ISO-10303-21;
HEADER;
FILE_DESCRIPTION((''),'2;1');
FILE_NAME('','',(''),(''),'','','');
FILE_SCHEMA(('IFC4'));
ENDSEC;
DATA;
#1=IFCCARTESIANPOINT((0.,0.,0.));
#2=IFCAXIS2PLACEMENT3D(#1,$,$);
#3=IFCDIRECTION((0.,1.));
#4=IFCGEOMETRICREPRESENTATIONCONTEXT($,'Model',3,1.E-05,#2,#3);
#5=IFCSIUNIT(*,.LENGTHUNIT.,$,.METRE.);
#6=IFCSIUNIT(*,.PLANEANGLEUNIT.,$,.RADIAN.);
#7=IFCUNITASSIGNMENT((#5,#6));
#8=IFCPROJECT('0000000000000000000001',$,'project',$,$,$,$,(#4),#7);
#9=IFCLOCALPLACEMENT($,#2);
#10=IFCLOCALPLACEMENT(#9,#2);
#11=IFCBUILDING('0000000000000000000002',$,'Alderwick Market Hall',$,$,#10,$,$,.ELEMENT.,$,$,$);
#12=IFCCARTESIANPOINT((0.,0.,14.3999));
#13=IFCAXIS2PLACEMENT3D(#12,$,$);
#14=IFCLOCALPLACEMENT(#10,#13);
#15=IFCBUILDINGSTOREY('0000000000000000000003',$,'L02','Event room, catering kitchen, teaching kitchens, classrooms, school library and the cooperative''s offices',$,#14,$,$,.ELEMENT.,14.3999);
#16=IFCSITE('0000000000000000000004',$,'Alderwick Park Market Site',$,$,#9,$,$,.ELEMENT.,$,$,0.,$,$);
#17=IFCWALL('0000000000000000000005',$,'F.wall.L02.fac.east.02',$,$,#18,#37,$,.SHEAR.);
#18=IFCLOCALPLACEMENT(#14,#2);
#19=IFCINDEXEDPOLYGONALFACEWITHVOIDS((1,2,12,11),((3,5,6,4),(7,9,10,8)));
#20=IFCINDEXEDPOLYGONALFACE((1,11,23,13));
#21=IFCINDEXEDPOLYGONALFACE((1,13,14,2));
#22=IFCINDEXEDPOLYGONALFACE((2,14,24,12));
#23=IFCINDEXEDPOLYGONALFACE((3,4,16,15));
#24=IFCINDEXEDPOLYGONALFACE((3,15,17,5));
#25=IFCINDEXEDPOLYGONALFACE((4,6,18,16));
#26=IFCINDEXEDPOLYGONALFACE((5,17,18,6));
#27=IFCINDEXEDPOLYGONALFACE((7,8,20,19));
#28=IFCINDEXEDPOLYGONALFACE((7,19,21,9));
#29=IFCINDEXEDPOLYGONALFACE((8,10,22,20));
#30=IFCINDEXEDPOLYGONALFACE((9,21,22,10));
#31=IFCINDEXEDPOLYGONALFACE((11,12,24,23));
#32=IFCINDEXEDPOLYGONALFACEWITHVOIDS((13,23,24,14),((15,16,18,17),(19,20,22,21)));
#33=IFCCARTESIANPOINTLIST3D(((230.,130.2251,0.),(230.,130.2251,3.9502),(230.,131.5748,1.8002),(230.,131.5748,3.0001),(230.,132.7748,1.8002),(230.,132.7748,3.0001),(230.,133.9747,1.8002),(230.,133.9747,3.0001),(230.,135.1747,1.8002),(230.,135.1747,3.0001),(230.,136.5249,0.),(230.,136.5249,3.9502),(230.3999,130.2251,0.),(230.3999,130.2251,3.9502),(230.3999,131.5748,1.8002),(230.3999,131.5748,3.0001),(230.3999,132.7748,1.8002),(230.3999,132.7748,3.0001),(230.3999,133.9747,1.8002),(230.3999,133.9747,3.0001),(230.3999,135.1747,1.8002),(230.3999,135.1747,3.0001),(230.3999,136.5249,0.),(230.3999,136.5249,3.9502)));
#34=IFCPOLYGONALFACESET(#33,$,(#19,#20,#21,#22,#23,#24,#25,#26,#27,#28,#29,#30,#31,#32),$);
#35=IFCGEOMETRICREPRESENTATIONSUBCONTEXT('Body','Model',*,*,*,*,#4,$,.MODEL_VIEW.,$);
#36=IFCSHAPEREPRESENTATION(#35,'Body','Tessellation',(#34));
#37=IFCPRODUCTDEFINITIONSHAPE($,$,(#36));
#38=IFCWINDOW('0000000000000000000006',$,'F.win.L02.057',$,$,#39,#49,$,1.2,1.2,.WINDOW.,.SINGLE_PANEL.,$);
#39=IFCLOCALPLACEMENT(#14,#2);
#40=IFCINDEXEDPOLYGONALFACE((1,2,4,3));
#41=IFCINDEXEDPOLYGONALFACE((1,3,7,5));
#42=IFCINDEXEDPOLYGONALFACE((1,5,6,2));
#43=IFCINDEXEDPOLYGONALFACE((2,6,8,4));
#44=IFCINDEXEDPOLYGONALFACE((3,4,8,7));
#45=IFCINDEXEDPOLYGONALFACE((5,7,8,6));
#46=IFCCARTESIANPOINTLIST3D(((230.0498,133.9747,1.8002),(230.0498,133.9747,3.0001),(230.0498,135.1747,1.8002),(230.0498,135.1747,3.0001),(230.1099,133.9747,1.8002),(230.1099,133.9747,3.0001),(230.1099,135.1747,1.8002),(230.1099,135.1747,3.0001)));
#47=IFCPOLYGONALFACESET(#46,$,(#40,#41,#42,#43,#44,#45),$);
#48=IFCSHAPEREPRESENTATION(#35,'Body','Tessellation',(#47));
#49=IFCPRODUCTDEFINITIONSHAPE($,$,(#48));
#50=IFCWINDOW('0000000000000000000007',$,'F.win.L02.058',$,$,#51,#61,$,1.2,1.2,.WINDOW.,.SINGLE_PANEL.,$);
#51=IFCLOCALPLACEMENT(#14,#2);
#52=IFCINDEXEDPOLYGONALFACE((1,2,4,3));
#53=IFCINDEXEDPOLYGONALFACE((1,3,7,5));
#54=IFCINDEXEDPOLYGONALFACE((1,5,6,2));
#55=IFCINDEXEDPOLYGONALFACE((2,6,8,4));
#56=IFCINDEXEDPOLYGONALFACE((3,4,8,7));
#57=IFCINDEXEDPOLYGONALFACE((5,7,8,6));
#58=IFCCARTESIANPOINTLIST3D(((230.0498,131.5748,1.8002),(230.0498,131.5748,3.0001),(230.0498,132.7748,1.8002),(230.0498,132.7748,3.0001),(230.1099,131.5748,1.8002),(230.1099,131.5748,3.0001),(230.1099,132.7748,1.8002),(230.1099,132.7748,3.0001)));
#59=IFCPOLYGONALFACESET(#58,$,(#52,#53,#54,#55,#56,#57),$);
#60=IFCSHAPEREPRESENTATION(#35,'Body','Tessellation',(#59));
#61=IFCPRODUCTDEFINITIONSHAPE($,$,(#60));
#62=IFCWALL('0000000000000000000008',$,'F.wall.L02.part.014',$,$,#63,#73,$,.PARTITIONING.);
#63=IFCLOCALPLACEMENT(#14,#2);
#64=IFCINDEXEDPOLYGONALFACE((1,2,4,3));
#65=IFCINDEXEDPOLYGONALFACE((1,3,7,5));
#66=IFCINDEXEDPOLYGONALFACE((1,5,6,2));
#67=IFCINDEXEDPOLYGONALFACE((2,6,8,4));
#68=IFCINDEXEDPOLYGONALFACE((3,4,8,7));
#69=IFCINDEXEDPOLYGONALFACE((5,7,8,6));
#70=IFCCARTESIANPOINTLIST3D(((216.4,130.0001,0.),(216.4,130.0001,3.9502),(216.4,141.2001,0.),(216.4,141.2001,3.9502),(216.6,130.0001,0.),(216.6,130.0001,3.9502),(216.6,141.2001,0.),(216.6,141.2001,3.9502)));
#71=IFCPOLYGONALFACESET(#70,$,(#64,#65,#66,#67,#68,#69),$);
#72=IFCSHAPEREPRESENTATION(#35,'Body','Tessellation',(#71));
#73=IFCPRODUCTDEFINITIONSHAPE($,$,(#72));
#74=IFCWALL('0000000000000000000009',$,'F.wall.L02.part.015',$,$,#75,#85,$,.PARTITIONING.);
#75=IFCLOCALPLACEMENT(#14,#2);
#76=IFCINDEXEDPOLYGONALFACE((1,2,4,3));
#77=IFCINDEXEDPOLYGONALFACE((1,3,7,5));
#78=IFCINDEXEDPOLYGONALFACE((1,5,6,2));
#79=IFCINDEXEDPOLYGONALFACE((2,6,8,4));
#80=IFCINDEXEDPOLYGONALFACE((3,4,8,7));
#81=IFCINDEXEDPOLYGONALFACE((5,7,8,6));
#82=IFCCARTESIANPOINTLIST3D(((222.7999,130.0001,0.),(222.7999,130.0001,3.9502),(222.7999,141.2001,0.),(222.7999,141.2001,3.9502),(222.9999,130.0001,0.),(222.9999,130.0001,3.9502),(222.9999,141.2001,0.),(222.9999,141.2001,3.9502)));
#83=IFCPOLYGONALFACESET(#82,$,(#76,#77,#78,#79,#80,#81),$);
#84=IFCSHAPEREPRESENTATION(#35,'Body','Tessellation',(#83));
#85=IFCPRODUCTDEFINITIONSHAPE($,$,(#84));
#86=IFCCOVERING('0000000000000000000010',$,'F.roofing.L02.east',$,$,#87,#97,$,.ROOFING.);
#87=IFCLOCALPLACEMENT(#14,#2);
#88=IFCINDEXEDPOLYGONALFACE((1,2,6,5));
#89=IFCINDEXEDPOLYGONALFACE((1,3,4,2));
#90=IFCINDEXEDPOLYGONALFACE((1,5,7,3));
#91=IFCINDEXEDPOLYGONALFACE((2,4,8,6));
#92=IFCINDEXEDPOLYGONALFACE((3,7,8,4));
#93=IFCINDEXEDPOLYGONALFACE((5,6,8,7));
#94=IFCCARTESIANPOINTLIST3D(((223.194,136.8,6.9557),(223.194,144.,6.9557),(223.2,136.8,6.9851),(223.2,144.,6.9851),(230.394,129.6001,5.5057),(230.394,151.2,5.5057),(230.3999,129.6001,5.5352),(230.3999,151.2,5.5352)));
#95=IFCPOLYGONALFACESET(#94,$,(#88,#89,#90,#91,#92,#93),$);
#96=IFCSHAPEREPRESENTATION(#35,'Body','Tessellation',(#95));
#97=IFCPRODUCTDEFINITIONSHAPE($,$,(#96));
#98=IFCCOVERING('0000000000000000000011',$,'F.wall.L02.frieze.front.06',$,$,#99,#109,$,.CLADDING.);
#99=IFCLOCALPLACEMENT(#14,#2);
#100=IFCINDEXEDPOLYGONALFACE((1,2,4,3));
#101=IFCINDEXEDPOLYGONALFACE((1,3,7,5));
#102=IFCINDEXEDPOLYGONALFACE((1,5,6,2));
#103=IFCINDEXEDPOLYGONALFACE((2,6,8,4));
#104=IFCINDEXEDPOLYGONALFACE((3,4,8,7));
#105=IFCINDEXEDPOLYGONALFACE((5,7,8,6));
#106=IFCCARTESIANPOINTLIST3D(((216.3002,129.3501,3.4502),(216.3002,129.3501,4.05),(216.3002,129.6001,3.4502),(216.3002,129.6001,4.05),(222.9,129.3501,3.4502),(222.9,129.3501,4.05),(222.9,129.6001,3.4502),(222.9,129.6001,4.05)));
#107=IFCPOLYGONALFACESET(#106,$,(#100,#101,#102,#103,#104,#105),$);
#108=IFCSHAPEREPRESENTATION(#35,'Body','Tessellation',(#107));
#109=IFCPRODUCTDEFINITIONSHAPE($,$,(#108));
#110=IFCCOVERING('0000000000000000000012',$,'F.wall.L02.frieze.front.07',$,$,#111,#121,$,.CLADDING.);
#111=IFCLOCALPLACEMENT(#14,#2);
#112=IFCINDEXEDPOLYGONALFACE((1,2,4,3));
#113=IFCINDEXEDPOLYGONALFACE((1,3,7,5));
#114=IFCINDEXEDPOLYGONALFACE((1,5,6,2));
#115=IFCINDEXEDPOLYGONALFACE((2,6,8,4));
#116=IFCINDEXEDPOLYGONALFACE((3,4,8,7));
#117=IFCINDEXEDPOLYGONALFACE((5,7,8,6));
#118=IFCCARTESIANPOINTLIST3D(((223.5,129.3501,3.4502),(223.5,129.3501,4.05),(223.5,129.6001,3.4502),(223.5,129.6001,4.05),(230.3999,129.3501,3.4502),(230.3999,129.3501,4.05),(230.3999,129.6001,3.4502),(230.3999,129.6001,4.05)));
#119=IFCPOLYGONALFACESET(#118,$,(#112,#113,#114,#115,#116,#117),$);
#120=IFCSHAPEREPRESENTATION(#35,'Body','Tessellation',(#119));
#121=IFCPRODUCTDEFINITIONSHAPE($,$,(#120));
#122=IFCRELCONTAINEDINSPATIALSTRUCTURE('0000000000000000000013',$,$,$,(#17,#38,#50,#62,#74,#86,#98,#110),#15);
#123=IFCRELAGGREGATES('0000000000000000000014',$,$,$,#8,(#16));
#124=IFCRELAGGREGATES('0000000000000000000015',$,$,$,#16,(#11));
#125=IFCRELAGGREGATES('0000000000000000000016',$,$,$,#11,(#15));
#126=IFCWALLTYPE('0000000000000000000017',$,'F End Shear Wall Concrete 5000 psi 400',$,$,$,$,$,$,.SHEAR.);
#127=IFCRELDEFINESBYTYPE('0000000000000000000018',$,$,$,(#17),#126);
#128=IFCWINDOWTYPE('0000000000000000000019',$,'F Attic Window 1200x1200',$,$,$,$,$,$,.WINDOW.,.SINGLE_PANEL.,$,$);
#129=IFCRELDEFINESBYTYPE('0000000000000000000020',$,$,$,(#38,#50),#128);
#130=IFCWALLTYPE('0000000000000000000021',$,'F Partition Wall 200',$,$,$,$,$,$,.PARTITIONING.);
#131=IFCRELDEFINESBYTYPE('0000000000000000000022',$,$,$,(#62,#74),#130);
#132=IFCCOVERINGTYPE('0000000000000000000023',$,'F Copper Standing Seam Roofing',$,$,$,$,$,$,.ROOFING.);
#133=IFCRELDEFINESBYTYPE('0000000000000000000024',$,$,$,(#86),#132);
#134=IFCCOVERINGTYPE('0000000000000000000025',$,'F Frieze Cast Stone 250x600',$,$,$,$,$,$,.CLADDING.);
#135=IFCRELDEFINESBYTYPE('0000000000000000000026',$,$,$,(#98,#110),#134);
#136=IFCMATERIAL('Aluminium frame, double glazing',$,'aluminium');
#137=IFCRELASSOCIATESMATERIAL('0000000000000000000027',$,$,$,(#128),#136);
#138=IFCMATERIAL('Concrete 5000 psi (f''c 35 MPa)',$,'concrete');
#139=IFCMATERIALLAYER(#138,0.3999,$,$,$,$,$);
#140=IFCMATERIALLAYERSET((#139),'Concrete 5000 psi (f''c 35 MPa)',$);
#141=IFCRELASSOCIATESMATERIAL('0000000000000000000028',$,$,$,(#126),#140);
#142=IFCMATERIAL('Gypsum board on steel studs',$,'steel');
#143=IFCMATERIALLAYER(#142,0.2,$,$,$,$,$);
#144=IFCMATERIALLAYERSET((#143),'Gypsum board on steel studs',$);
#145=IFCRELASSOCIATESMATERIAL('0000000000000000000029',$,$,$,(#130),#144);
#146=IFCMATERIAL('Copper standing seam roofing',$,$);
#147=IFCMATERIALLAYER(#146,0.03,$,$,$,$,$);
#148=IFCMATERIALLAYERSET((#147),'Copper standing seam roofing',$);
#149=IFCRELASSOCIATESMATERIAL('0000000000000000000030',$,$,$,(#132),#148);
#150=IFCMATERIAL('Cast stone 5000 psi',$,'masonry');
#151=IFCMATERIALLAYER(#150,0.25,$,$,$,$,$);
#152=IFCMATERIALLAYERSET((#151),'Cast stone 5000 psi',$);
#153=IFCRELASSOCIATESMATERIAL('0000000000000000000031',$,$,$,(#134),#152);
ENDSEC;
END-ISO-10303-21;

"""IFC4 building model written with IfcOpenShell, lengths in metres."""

from ifc_helpers import new_model, si_unit, direction, frame, frame_2d, origin, place, context, subcontext, project, spatial, polyline, rectangle, outline, extrude, material, layer, layer_set, type_object, element, fill, save


model = new_model("IFC4")

# Units and contexts
model_context = context("Model", 3, precision=1e-05, world=origin(), true_north=direction((0.0, 1.0)))
body_context = subcontext(model_context, "Body", "Model", "MODEL_VIEW")
ifc_project = project(units=[si_unit("LENGTHUNIT", "METRE"), si_unit("PLANEANGLEUNIT", "RADIAN")], contexts=[model_context])

# Site, building, storey
site_placement = place(None, origin())
site = spatial("IfcSite", under=ifc_project, at=site_placement, Name="Alderwick Park Market Site", CompositionType="ELEMENT", RefElevation=0.0)
building_placement = place(site_placement, origin())
building = spatial("IfcBuilding", under=site, at=building_placement, Name="Alderwick Market Hall", CompositionType="ELEMENT")
storey_placement = place(building_placement, frame((0.0, 0.0, 14.3999)))
storey = spatial("IfcBuildingStorey", under=building, at=storey_placement, Name="L02", Description="Event room, catering kitchen, teaching kitchens, classrooms, school library and the cooperative's offices", CompositionType="ELEMENT", Elevation=14.3999)

# Shared definitions
ifc_material_1 = material(Name="Concrete 5000 psi (f'c 35 MPa)", Category="concrete")

# Shared definitions
ifc_material_2 = material(Name="Aluminium frame, double glazing", Category="aluminium")
window_type = type_object("IfcWindowType", Name="F Attic Window 1200x1200", PartitioningType="SINGLE_PANEL", PredefinedType="WINDOW", material=ifc_material_2)

# Shared definitions
ifc_material_3 = material(Name="Cast stone 5000 psi", Category="masonry")
ifc_layer_1 = layer(ifc_material_1, 0.3999)
ifc_layer_set_1 = layer_set([ifc_layer_1], Name="Concrete 5000 psi (f'c 35 MPa)")
wall_type_1 = type_object("IfcWallType", Name="F End Shear Wall Concrete 5000 psi 400", PredefinedType="SHEAR", material=ifc_layer_set_1)

# Wall, openings, windows
wall_1_placement = place(storey_placement, frame((230.2, 136.5249, 0.0), z_axis=(0.0, 0.0, 1.0), x_axis=(0.0, -1.0, 0.0)))
wall_1 = element("IfcWall", 1, at=wall_1_placement, inside=storey, type_object=wall_type_1, Name="F.wall.L02.fac.east.02", PredefinedType="SHEAR", context=body_context, shape_type="SweptSolid", body=[
    extrude(rectangle(XDim=6.2998, YDim=0.3999, at=frame_2d((3.1499, 0.0))), origin(), (0.0, 0.0, 1.0), 3.9502),
])
opening_1_placement = place(wall_1_placement, frame((1.3501, 0.0, 1.8)))
opening_1 = element("IfcOpeningElement", 2, at=opening_1_placement, cuts=wall_1, PredefinedType="OPENING", context=body_context, shape_type="SweptSolid", body=[
    extrude(rectangle(XDim=1.2, YDim=1.2, at=frame_2d((0.6001, 0.6001))), frame((0.0, 0.21, 0.0), z_axis=(0.0, -1.0, 0.0), x_axis=(1.0, 0.0, 0.0)), (0.0, 0.0, 1.0), 0.4199),
])
opening_2_placement = place(wall_1_placement, frame((3.75, 0.0, 1.8)))
opening_2 = element("IfcOpeningElement", 3, at=opening_2_placement, cuts=wall_1, PredefinedType="OPENING", context=body_context, shape_type="SweptSolid", body=[
    extrude(rectangle(XDim=1.2, YDim=1.2, at=frame_2d((0.6001, 0.6001))), frame((0.0, 0.21, 0.0), z_axis=(0.0, -1.0, 0.0), x_axis=(1.0, 0.0, 0.0)), (0.0, 0.0, 1.0), 0.4199),
])
window_1_placement = place(opening_1_placement, origin())
window_1 = element("IfcWindow", 4, at=window_1_placement, inside=storey, type_object=window_type, Name="F.win.L02.057", OverallHeight=1.2, OverallWidth=1.2, PartitioningType="SINGLE_PANEL", PredefinedType="WINDOW", context=body_context, shape_type="SweptSolid", body=[
    extrude(rectangle(XDim=1.2, YDim=1.2, at=frame_2d((0.6001, 0.6001))), frame((0.0, -0.0901, 0.0), z_axis=(0.0, -1.0, 0.0), x_axis=(1.0, 0.0, 0.0)), (0.0, 0.0, 1.0), 0.0601),
])
fill(opening_1, window_1)
window_2_placement = place(opening_2_placement, origin())
window_2 = element("IfcWindow", 5, at=window_2_placement, inside=storey, type_object=window_type, Name="F.win.L02.058", OverallHeight=1.2, OverallWidth=1.2, PartitioningType="SINGLE_PANEL", PredefinedType="WINDOW", context=body_context, shape_type="SweptSolid", body=[
    extrude(rectangle(XDim=1.2, YDim=1.2, at=frame_2d((0.6001, 0.6001))), frame((0.0, -0.0901, 0.0), z_axis=(0.0, -1.0, 0.0), x_axis=(1.0, 0.0, 0.0)), (0.0, 0.0, 1.0), 0.0601),
])
fill(opening_2, window_2)

# Walls
ifc_material_4 = material(Name="Gypsum board on steel studs", Category="steel")
ifc_layer_2 = layer(ifc_material_4, 0.2)
ifc_layer_set_2 = layer_set([ifc_layer_2], Name="Gypsum board on steel studs")
wall_type_2 = type_object("IfcWallType", Name="F Partition Wall 200", PredefinedType="PARTITIONING", material=ifc_layer_set_2)
for number, where, z_axis, x_axis, name in (
    (6, (216.5, 130.0, 0.0), (0.0, 0.0, 1.0), (0.0, 1.0, 0.0), "F.wall.L02.part.014"),
    (7, (222.8999, 130.0, 0.0), (0.0, 0.0, 1.0), (0.0, 1.0, 0.0), "F.wall.L02.part.015"),
):
    element("IfcWall", number, at=place(storey_placement, frame(where, z_axis=z_axis, x_axis=x_axis)), inside=storey, type_object=wall_type_2, Name=name, PredefinedType="PARTITIONING", context=body_context, shape_type="SweptSolid", body=[
        extrude(rectangle(XDim=11.2, YDim=0.2, at=frame_2d((5.6001, 0.0))), origin(), (0.0, 0.0, 1.0), 3.9502),
    ])

# Coverings
ifc_material_5 = material(Name="Copper standing seam roofing")
ifc_layer_3 = layer(ifc_material_5, 0.03)
ifc_layer_set_3 = layer_set([ifc_layer_3], Name="Copper standing seam roofing")
covering_type_1 = type_object("IfcCoveringType", Name="F Copper Standing Seam Roofing", PredefinedType="ROOFING", material=ifc_layer_set_3)
covering_1_placement = place(storey_placement, frame((230.3999, 129.6001, 5.5352), z_axis=(0.19742, 0.0, 0.980319), x_axis=(0.0, 1.0, 0.0)))
element("IfcCovering", 8, at=covering_1_placement, inside=storey, type_object=covering_type_1, Name="F.roofing.L02.east", PredefinedType="ROOFING", context=body_context, shape_type="SweptSolid", body=[
    extrude(outline(polyline([(0.0, 0.0), (21.5999, 0.0), (14.3999, 7.3445), (7.2, 7.3445), (0.0, 0.0)])), origin(), (0.0, 0.0, -1.0), 0.03),
])
ifc_layer_4 = layer(ifc_material_3, 0.25)
ifc_layer_set_4 = layer_set([ifc_layer_4], Name="Cast stone 5000 psi")
covering_type_2 = type_object("IfcCoveringType", Name="F Frieze Cast Stone 250x600", PredefinedType="CLADDING", material=ifc_layer_set_4)
covering_2_placement = place(storey_placement, frame((222.8999, 129.4751, 3.4502), z_axis=(0.0, 0.0, 1.0), x_axis=(-1.0, 0.0, 0.0)))
element("IfcCovering", 9, at=covering_2_placement, inside=storey, type_object=covering_type_2, Name="F.wall.L02.frieze.front.06", PredefinedType="CLADDING", context=body_context, shape_type="SweptSolid", body=[
    extrude(rectangle(XDim=6.5999, YDim=0.25, at=frame_2d((3.2998, 0.0))), origin(), (0.0, 0.0, 1.0), 0.5999),
])
covering_3_placement = place(storey_placement, frame((230.3999, 129.4751, 3.4502), z_axis=(0.0, 0.0, 1.0), x_axis=(-1.0, 0.0, 0.0)))
element("IfcCovering", 10, at=covering_3_placement, inside=storey, type_object=covering_type_2, Name="F.wall.L02.frieze.front.07", PredefinedType="CLADDING", context=body_context, shape_type="SweptSolid", body=[
    extrude(rectangle(XDim=6.8999, YDim=0.25, at=frame_2d((3.45, 0.0))), origin(), (0.0, 0.0, 1.0), 0.5999),
])

save(model, "model.ifc")
